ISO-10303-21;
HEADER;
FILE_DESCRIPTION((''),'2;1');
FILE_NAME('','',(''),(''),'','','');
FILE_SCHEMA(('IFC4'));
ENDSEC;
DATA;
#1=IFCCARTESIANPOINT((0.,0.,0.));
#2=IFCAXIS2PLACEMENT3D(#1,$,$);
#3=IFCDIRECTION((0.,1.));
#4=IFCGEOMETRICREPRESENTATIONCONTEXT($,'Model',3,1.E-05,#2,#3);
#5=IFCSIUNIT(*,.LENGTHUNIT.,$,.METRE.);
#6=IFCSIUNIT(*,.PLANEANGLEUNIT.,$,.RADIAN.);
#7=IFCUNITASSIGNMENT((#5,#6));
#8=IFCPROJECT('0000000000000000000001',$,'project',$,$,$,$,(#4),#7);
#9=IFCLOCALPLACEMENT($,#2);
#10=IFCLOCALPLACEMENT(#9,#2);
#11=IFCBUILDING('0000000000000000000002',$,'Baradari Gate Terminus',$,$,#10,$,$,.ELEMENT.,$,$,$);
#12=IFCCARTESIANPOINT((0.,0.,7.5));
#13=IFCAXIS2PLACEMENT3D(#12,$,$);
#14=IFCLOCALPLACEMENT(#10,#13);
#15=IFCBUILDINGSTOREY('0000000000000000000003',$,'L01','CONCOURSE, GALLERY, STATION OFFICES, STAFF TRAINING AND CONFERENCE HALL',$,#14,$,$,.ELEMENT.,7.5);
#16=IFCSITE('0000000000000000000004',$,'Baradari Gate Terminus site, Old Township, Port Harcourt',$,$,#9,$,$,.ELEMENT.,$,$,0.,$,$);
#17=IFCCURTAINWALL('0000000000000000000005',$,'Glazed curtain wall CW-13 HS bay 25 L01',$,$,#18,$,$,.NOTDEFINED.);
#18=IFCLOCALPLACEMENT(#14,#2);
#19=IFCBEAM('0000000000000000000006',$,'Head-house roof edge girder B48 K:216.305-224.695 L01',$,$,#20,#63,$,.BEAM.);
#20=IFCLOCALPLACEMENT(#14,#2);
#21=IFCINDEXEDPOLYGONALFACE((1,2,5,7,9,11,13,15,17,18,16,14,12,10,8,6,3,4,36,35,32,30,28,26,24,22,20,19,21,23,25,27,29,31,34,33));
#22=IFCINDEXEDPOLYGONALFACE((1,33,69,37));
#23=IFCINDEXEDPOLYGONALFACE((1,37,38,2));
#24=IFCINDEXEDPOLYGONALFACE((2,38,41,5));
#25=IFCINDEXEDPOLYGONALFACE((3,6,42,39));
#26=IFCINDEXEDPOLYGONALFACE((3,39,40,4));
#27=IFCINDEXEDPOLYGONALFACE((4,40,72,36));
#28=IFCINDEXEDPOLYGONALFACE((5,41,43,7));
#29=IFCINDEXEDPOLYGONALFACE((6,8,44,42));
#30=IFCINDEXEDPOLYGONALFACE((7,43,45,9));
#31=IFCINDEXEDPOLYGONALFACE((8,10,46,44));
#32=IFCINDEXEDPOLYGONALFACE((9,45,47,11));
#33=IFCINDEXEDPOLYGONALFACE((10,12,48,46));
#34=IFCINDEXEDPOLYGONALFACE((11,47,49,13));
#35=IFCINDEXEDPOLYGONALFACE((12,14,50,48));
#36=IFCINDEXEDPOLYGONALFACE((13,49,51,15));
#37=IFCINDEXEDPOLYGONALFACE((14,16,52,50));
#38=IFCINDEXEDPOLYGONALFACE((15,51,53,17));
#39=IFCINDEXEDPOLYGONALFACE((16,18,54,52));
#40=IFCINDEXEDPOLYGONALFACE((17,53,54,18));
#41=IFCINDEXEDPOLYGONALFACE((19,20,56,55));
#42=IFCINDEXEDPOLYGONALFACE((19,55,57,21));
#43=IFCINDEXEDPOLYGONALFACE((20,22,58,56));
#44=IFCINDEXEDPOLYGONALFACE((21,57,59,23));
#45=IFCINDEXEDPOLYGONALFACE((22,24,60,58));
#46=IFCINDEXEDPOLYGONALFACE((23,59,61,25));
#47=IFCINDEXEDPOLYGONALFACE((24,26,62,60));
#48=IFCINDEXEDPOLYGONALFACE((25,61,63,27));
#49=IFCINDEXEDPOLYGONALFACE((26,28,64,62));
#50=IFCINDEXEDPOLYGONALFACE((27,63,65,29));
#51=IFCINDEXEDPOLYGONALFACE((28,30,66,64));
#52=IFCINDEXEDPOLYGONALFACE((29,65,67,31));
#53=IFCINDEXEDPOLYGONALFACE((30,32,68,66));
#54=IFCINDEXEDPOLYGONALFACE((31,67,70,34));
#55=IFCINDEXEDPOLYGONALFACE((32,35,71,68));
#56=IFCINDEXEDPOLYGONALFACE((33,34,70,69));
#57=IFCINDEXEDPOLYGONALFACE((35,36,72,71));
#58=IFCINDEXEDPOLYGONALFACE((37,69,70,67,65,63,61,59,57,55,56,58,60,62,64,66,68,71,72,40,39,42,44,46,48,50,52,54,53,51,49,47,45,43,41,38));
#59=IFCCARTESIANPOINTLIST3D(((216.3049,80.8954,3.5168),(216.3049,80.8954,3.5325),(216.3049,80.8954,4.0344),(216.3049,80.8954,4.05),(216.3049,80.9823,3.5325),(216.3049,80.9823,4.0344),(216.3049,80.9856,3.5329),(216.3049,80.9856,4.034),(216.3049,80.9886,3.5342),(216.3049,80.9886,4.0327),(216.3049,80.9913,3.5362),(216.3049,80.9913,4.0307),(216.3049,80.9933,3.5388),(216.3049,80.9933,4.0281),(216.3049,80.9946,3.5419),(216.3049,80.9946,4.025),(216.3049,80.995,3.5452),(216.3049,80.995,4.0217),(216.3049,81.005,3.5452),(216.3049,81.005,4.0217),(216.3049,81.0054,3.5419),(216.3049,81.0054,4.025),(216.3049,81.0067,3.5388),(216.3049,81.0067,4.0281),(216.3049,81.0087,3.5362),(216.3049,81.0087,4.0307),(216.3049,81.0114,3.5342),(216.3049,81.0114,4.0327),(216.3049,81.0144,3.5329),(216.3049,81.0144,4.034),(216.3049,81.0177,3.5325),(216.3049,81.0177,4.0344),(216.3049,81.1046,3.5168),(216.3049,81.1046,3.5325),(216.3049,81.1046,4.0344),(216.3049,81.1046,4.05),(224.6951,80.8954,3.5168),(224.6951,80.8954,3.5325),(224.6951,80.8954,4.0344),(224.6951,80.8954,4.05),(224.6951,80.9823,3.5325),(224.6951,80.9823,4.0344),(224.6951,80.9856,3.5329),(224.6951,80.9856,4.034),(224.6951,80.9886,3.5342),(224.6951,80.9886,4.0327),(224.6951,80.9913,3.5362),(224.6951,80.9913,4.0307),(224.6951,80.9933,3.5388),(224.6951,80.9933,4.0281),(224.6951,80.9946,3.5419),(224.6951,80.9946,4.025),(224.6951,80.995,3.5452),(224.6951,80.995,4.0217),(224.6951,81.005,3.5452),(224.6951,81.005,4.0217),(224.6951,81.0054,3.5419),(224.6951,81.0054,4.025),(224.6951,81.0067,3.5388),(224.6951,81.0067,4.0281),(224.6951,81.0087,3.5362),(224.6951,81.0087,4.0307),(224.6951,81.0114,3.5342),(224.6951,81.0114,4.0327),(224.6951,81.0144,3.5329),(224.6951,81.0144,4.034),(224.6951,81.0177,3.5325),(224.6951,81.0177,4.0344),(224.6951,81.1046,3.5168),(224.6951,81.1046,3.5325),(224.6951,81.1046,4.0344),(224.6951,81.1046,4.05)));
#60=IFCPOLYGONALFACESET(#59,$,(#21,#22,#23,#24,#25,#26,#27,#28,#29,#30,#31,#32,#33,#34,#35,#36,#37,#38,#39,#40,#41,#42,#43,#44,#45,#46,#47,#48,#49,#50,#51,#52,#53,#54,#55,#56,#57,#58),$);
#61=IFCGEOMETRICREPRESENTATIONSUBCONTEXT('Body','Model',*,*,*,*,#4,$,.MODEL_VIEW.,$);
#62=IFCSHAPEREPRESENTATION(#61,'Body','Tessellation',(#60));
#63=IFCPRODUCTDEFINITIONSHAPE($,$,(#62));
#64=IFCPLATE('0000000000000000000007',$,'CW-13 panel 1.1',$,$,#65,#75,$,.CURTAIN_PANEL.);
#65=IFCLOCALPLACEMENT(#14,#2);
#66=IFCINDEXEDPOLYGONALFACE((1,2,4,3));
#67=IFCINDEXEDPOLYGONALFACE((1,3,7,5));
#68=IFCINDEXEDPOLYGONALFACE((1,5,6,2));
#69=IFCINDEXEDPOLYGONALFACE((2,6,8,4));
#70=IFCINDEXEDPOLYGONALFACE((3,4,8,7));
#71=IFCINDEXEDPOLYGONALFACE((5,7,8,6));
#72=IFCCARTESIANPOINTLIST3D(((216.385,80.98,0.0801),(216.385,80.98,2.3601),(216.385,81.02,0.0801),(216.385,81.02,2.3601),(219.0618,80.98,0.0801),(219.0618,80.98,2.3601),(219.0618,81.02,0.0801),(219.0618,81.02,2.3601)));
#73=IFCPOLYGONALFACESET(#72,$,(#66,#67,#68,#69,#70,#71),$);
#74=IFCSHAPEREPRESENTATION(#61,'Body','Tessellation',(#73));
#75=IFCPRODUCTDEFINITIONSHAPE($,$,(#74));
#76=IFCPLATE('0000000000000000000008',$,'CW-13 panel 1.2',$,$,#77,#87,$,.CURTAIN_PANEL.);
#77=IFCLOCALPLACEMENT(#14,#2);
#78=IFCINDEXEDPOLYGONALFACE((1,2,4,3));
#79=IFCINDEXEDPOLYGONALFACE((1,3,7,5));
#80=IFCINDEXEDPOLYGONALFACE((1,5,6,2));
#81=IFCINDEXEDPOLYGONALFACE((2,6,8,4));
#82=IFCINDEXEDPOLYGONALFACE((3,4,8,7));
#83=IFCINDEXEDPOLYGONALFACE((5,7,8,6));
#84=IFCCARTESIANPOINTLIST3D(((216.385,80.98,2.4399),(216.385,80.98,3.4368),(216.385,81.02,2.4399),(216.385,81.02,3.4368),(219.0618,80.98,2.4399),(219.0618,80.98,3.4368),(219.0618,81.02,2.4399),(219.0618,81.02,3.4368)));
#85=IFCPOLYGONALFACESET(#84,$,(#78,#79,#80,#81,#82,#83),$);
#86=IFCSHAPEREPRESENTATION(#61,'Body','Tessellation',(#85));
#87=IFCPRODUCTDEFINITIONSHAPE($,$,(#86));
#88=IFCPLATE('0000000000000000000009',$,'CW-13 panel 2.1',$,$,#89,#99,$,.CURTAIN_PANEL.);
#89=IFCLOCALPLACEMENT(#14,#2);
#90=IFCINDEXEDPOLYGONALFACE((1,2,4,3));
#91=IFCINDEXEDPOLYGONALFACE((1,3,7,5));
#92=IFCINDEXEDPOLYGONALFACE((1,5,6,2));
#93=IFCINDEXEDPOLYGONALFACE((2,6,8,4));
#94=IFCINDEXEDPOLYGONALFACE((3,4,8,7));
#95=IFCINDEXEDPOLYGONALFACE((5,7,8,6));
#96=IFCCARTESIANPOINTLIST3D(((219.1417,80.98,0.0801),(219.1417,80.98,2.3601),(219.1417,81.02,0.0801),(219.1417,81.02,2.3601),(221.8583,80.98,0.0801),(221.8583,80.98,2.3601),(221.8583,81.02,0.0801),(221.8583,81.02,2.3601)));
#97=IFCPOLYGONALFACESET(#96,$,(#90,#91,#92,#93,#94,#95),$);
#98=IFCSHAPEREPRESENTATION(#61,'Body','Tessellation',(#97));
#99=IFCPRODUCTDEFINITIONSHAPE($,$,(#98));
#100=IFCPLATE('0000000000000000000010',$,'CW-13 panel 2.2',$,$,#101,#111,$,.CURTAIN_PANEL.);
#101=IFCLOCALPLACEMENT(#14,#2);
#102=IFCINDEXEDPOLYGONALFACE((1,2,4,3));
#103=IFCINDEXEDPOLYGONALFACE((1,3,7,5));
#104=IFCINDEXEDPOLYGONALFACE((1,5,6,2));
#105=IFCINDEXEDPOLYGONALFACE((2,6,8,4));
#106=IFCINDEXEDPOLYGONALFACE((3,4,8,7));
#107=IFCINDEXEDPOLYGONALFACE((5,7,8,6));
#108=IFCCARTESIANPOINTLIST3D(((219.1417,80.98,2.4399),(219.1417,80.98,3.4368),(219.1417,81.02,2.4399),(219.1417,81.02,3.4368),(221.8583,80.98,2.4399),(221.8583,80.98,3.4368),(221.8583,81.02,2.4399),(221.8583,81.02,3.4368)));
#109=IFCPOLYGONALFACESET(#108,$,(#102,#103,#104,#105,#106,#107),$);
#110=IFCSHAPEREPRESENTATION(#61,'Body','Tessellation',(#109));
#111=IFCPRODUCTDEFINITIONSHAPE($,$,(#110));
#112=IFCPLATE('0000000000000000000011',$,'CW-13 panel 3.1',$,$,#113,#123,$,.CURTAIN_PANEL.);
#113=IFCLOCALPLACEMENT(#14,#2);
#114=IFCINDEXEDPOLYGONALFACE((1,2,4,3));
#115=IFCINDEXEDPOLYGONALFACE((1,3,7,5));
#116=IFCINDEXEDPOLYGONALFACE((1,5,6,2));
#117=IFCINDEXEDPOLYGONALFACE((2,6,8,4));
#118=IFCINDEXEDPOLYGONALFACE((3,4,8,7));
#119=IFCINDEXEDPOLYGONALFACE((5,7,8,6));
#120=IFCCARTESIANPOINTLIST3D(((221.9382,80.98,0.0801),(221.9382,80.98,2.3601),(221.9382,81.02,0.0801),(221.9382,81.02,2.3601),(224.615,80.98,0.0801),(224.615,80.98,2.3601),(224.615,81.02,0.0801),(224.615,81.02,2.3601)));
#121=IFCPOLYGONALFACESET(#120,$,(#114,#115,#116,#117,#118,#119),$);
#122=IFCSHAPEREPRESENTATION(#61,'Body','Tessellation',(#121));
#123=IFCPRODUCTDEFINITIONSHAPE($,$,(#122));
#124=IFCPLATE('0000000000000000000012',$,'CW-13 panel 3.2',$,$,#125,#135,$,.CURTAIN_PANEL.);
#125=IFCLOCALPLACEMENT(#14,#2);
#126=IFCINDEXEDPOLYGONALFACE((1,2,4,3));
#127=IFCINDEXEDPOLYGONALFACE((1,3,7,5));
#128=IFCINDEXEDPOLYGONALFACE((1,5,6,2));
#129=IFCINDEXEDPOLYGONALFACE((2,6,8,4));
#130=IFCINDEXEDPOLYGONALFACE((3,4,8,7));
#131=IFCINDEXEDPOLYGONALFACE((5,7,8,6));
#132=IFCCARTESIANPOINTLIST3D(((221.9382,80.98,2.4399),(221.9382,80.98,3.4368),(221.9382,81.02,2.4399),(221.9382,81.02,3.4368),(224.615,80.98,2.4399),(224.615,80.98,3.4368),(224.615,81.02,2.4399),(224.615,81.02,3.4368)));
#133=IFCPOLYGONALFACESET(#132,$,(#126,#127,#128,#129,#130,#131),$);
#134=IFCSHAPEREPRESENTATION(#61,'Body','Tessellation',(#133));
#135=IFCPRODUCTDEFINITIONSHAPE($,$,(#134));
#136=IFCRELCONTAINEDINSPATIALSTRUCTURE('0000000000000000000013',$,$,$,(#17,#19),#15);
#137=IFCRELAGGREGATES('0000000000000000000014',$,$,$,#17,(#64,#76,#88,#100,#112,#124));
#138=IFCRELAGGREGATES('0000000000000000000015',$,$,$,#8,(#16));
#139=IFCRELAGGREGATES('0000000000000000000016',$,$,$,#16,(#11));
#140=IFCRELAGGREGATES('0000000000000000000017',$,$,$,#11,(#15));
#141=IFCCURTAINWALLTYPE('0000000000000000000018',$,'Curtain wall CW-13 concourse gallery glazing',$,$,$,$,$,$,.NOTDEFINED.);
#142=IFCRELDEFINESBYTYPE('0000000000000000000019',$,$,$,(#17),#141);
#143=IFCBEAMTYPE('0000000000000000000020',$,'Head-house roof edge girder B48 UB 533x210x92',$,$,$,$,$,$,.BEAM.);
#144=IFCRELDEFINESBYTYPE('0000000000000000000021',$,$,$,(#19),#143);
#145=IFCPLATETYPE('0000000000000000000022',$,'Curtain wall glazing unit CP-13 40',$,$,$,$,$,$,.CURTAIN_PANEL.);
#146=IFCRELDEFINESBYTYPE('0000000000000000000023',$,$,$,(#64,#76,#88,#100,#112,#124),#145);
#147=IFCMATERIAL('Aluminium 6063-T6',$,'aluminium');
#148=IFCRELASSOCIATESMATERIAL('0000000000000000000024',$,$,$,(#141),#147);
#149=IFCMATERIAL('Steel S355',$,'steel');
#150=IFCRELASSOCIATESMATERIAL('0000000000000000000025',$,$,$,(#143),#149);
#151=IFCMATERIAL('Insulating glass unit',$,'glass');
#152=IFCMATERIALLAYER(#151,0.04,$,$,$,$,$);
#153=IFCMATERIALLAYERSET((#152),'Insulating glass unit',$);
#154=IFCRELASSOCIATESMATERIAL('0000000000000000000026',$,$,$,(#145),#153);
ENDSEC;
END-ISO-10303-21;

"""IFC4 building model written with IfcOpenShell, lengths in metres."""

from ifc_helpers import new_model, si_unit, direction, frame, origin, origin_2d, place, context, subcontext, project, spatial, rectangle, i_section, extrude, material, layer, layer_set, material_profile, profile_set, type_object, element, aggregate, save


model = new_model("IFC4")

# Units and contexts
model_context = context("Model", 3, precision=1e-05, world=origin(), true_north=direction((0.0, 1.0)))
body_context = subcontext(model_context, "Body", "Model", "MODEL_VIEW")
ifc_project = project(units=[si_unit("LENGTHUNIT", "METRE"), si_unit("PLANEANGLEUNIT", "RADIAN")], contexts=[model_context])

# Site, building, storey
site_placement = place(None, origin())
site = spatial("IfcSite", under=ifc_project, at=site_placement, Name="Baradari Gate Terminus site, Old Township, Port Harcourt", CompositionType="ELEMENT", RefElevation=0.0)
building_placement = place(site_placement, origin())
building = spatial("IfcBuilding", under=site, at=building_placement, Name="Baradari Gate Terminus", CompositionType="ELEMENT")
storey_placement = place(building_placement, frame((0.0, 0.0, 7.5)))
storey = spatial("IfcBuildingStorey", under=building, at=storey_placement, Name="L01", Description="CONCOURSE, GALLERY, STATION OFFICES, STAFF TRAINING AND CONFERENCE HALL", CompositionType="ELEMENT", Elevation=7.5)

# Curtain wall
ifc_material_1 = material(Name="Aluminium 6063-T6", Category="aluminium")
curtain_wall_type = type_object("IfcCurtainWallType", Name="Curtain wall CW-13 concourse gallery glazing", PredefinedType="NOTDEFINED", material=ifc_material_1)
curtain_wall_placement = place(storey_placement, origin())
curtain_wall = element("IfcCurtainWall", 1, at=curtain_wall_placement, inside=storey, type_object=curtain_wall_type, Name="Glazed curtain wall CW-13 HS bay 25 L01", PredefinedType="NOTDEFINED")

# Beam
ifc_material_2 = material(Name="Steel S355", Category="steel")
ifc_material_profile_1 = material_profile(ifc_material_2, i_section(OverallWidth=0.2092, OverallDepth=0.5332, WebThickness=0.01, FlangeThickness=0.0156, FilletRadius=0.0127, at=origin_2d()), Name="UB 533x210x92")
ifc_profile_set_1 = profile_set([ifc_material_profile_1], Name="Steel S355")
beam_type_1 = type_object("IfcBeamType", Name="Head-house roof edge girder B48 UB 533x210x92", PredefinedType="BEAM", material=ifc_profile_set_1)
beam_1_placement = place(storey_placement, frame((216.3049, 81.0, 3.7834), z_axis=(1.0, 0.0, 0.0), x_axis=(0.0, 1.0, 0.0)))
element("IfcBeam", 2, at=beam_1_placement, inside=storey, type_object=beam_type_1, Name="Head-house roof edge girder B48 K:216.305-224.695 L01", PredefinedType="BEAM", context=body_context, shape_type="SweptSolid", body=[
    extrude(i_section(OverallWidth=0.2092, OverallDepth=0.5332, WebThickness=0.01, FlangeThickness=0.0156, FilletRadius=0.0127, at=origin_2d()), origin(), (0.0, 0.0, 1.0), 8.3901),
])

# Plates
ifc_material_3 = material(Name="Insulating glass unit", Category="glass")
ifc_layer = layer(ifc_material_3, 0.04)
ifc_layer_set = layer_set([ifc_layer], Name="Insulating glass unit")
plate_type = type_object("IfcPlateType", Name="Curtain wall glazing unit CP-13 40", PredefinedType="CURTAIN_PANEL", material=ifc_layer_set)
plate_1_placement = place(storey_placement, frame((217.7234, 81.0, 0.0801), z_axis=(0.0, 0.0, 1.0), x_axis=(1.0, 0.0, 0.0)))
plate_1 = element("IfcPlate", 3, at=plate_1_placement, type_object=plate_type, Name="CW-13 panel 1.1", PredefinedType="CURTAIN_PANEL", context=body_context, shape_type="SweptSolid", body=[
    extrude(rectangle(XDim=2.6768, YDim=0.04, at=origin_2d()), origin(), (0.0, 0.0, 1.0), 2.28),
])
plate_2_placement = place(storey_placement, frame((217.7234, 81.0, 2.4399), z_axis=(0.0, 0.0, 1.0), x_axis=(1.0, 0.0, 0.0)))
plate_2 = element("IfcPlate", 4, at=plate_2_placement, type_object=plate_type, Name="CW-13 panel 1.2", PredefinedType="CURTAIN_PANEL", context=body_context, shape_type="SweptSolid", body=[
    extrude(rectangle(XDim=2.6768, YDim=0.04, at=origin_2d()), origin(), (0.0, 0.0, 1.0), 0.9968),
])
plate_3_placement = place(storey_placement, frame((220.5, 81.0, 0.0801), z_axis=(0.0, 0.0, 1.0), x_axis=(1.0, 0.0, 0.0)))
plate_3 = element("IfcPlate", 5, at=plate_3_placement, type_object=plate_type, Name="CW-13 panel 2.1", PredefinedType="CURTAIN_PANEL", context=body_context, shape_type="SweptSolid", body=[
    extrude(rectangle(XDim=2.7166, YDim=0.04, at=origin_2d()), origin(), (0.0, 0.0, 1.0), 2.28),
])
plate_4_placement = place(storey_placement, frame((220.5, 81.0, 2.4399), z_axis=(0.0, 0.0, 1.0), x_axis=(1.0, 0.0, 0.0)))
plate_4 = element("IfcPlate", 6, at=plate_4_placement, type_object=plate_type, Name="CW-13 panel 2.2", PredefinedType="CURTAIN_PANEL", context=body_context, shape_type="SweptSolid", body=[
    extrude(rectangle(XDim=2.7166, YDim=0.04, at=origin_2d()), origin(), (0.0, 0.0, 1.0), 0.9968),
])
plate_5_placement = place(storey_placement, frame((223.2766, 81.0, 0.0801), z_axis=(0.0, 0.0, 1.0), x_axis=(1.0, 0.0, 0.0)))
plate_5 = element("IfcPlate", 7, at=plate_5_placement, type_object=plate_type, Name="CW-13 panel 3.1", PredefinedType="CURTAIN_PANEL", context=body_context, shape_type="SweptSolid", body=[
    extrude(rectangle(XDim=2.6768, YDim=0.04, at=origin_2d()), origin(), (0.0, 0.0, 1.0), 2.28),
])
plate_6_placement = place(storey_placement, frame((223.2766, 81.0, 2.4399), z_axis=(0.0, 0.0, 1.0), x_axis=(1.0, 0.0, 0.0)))
plate_6 = element("IfcPlate", 8, at=plate_6_placement, type_object=plate_type, Name="CW-13 panel 3.2", PredefinedType="CURTAIN_PANEL", context=body_context, shape_type="SweptSolid", body=[
    extrude(rectangle(XDim=2.6768, YDim=0.04, at=origin_2d()), origin(), (0.0, 0.0, 1.0), 0.9968),
])
aggregate(curtain_wall, [plate_1, plate_2, plate_3, plate_4, plate_5, plate_6])

save(model, "model.ifc")
